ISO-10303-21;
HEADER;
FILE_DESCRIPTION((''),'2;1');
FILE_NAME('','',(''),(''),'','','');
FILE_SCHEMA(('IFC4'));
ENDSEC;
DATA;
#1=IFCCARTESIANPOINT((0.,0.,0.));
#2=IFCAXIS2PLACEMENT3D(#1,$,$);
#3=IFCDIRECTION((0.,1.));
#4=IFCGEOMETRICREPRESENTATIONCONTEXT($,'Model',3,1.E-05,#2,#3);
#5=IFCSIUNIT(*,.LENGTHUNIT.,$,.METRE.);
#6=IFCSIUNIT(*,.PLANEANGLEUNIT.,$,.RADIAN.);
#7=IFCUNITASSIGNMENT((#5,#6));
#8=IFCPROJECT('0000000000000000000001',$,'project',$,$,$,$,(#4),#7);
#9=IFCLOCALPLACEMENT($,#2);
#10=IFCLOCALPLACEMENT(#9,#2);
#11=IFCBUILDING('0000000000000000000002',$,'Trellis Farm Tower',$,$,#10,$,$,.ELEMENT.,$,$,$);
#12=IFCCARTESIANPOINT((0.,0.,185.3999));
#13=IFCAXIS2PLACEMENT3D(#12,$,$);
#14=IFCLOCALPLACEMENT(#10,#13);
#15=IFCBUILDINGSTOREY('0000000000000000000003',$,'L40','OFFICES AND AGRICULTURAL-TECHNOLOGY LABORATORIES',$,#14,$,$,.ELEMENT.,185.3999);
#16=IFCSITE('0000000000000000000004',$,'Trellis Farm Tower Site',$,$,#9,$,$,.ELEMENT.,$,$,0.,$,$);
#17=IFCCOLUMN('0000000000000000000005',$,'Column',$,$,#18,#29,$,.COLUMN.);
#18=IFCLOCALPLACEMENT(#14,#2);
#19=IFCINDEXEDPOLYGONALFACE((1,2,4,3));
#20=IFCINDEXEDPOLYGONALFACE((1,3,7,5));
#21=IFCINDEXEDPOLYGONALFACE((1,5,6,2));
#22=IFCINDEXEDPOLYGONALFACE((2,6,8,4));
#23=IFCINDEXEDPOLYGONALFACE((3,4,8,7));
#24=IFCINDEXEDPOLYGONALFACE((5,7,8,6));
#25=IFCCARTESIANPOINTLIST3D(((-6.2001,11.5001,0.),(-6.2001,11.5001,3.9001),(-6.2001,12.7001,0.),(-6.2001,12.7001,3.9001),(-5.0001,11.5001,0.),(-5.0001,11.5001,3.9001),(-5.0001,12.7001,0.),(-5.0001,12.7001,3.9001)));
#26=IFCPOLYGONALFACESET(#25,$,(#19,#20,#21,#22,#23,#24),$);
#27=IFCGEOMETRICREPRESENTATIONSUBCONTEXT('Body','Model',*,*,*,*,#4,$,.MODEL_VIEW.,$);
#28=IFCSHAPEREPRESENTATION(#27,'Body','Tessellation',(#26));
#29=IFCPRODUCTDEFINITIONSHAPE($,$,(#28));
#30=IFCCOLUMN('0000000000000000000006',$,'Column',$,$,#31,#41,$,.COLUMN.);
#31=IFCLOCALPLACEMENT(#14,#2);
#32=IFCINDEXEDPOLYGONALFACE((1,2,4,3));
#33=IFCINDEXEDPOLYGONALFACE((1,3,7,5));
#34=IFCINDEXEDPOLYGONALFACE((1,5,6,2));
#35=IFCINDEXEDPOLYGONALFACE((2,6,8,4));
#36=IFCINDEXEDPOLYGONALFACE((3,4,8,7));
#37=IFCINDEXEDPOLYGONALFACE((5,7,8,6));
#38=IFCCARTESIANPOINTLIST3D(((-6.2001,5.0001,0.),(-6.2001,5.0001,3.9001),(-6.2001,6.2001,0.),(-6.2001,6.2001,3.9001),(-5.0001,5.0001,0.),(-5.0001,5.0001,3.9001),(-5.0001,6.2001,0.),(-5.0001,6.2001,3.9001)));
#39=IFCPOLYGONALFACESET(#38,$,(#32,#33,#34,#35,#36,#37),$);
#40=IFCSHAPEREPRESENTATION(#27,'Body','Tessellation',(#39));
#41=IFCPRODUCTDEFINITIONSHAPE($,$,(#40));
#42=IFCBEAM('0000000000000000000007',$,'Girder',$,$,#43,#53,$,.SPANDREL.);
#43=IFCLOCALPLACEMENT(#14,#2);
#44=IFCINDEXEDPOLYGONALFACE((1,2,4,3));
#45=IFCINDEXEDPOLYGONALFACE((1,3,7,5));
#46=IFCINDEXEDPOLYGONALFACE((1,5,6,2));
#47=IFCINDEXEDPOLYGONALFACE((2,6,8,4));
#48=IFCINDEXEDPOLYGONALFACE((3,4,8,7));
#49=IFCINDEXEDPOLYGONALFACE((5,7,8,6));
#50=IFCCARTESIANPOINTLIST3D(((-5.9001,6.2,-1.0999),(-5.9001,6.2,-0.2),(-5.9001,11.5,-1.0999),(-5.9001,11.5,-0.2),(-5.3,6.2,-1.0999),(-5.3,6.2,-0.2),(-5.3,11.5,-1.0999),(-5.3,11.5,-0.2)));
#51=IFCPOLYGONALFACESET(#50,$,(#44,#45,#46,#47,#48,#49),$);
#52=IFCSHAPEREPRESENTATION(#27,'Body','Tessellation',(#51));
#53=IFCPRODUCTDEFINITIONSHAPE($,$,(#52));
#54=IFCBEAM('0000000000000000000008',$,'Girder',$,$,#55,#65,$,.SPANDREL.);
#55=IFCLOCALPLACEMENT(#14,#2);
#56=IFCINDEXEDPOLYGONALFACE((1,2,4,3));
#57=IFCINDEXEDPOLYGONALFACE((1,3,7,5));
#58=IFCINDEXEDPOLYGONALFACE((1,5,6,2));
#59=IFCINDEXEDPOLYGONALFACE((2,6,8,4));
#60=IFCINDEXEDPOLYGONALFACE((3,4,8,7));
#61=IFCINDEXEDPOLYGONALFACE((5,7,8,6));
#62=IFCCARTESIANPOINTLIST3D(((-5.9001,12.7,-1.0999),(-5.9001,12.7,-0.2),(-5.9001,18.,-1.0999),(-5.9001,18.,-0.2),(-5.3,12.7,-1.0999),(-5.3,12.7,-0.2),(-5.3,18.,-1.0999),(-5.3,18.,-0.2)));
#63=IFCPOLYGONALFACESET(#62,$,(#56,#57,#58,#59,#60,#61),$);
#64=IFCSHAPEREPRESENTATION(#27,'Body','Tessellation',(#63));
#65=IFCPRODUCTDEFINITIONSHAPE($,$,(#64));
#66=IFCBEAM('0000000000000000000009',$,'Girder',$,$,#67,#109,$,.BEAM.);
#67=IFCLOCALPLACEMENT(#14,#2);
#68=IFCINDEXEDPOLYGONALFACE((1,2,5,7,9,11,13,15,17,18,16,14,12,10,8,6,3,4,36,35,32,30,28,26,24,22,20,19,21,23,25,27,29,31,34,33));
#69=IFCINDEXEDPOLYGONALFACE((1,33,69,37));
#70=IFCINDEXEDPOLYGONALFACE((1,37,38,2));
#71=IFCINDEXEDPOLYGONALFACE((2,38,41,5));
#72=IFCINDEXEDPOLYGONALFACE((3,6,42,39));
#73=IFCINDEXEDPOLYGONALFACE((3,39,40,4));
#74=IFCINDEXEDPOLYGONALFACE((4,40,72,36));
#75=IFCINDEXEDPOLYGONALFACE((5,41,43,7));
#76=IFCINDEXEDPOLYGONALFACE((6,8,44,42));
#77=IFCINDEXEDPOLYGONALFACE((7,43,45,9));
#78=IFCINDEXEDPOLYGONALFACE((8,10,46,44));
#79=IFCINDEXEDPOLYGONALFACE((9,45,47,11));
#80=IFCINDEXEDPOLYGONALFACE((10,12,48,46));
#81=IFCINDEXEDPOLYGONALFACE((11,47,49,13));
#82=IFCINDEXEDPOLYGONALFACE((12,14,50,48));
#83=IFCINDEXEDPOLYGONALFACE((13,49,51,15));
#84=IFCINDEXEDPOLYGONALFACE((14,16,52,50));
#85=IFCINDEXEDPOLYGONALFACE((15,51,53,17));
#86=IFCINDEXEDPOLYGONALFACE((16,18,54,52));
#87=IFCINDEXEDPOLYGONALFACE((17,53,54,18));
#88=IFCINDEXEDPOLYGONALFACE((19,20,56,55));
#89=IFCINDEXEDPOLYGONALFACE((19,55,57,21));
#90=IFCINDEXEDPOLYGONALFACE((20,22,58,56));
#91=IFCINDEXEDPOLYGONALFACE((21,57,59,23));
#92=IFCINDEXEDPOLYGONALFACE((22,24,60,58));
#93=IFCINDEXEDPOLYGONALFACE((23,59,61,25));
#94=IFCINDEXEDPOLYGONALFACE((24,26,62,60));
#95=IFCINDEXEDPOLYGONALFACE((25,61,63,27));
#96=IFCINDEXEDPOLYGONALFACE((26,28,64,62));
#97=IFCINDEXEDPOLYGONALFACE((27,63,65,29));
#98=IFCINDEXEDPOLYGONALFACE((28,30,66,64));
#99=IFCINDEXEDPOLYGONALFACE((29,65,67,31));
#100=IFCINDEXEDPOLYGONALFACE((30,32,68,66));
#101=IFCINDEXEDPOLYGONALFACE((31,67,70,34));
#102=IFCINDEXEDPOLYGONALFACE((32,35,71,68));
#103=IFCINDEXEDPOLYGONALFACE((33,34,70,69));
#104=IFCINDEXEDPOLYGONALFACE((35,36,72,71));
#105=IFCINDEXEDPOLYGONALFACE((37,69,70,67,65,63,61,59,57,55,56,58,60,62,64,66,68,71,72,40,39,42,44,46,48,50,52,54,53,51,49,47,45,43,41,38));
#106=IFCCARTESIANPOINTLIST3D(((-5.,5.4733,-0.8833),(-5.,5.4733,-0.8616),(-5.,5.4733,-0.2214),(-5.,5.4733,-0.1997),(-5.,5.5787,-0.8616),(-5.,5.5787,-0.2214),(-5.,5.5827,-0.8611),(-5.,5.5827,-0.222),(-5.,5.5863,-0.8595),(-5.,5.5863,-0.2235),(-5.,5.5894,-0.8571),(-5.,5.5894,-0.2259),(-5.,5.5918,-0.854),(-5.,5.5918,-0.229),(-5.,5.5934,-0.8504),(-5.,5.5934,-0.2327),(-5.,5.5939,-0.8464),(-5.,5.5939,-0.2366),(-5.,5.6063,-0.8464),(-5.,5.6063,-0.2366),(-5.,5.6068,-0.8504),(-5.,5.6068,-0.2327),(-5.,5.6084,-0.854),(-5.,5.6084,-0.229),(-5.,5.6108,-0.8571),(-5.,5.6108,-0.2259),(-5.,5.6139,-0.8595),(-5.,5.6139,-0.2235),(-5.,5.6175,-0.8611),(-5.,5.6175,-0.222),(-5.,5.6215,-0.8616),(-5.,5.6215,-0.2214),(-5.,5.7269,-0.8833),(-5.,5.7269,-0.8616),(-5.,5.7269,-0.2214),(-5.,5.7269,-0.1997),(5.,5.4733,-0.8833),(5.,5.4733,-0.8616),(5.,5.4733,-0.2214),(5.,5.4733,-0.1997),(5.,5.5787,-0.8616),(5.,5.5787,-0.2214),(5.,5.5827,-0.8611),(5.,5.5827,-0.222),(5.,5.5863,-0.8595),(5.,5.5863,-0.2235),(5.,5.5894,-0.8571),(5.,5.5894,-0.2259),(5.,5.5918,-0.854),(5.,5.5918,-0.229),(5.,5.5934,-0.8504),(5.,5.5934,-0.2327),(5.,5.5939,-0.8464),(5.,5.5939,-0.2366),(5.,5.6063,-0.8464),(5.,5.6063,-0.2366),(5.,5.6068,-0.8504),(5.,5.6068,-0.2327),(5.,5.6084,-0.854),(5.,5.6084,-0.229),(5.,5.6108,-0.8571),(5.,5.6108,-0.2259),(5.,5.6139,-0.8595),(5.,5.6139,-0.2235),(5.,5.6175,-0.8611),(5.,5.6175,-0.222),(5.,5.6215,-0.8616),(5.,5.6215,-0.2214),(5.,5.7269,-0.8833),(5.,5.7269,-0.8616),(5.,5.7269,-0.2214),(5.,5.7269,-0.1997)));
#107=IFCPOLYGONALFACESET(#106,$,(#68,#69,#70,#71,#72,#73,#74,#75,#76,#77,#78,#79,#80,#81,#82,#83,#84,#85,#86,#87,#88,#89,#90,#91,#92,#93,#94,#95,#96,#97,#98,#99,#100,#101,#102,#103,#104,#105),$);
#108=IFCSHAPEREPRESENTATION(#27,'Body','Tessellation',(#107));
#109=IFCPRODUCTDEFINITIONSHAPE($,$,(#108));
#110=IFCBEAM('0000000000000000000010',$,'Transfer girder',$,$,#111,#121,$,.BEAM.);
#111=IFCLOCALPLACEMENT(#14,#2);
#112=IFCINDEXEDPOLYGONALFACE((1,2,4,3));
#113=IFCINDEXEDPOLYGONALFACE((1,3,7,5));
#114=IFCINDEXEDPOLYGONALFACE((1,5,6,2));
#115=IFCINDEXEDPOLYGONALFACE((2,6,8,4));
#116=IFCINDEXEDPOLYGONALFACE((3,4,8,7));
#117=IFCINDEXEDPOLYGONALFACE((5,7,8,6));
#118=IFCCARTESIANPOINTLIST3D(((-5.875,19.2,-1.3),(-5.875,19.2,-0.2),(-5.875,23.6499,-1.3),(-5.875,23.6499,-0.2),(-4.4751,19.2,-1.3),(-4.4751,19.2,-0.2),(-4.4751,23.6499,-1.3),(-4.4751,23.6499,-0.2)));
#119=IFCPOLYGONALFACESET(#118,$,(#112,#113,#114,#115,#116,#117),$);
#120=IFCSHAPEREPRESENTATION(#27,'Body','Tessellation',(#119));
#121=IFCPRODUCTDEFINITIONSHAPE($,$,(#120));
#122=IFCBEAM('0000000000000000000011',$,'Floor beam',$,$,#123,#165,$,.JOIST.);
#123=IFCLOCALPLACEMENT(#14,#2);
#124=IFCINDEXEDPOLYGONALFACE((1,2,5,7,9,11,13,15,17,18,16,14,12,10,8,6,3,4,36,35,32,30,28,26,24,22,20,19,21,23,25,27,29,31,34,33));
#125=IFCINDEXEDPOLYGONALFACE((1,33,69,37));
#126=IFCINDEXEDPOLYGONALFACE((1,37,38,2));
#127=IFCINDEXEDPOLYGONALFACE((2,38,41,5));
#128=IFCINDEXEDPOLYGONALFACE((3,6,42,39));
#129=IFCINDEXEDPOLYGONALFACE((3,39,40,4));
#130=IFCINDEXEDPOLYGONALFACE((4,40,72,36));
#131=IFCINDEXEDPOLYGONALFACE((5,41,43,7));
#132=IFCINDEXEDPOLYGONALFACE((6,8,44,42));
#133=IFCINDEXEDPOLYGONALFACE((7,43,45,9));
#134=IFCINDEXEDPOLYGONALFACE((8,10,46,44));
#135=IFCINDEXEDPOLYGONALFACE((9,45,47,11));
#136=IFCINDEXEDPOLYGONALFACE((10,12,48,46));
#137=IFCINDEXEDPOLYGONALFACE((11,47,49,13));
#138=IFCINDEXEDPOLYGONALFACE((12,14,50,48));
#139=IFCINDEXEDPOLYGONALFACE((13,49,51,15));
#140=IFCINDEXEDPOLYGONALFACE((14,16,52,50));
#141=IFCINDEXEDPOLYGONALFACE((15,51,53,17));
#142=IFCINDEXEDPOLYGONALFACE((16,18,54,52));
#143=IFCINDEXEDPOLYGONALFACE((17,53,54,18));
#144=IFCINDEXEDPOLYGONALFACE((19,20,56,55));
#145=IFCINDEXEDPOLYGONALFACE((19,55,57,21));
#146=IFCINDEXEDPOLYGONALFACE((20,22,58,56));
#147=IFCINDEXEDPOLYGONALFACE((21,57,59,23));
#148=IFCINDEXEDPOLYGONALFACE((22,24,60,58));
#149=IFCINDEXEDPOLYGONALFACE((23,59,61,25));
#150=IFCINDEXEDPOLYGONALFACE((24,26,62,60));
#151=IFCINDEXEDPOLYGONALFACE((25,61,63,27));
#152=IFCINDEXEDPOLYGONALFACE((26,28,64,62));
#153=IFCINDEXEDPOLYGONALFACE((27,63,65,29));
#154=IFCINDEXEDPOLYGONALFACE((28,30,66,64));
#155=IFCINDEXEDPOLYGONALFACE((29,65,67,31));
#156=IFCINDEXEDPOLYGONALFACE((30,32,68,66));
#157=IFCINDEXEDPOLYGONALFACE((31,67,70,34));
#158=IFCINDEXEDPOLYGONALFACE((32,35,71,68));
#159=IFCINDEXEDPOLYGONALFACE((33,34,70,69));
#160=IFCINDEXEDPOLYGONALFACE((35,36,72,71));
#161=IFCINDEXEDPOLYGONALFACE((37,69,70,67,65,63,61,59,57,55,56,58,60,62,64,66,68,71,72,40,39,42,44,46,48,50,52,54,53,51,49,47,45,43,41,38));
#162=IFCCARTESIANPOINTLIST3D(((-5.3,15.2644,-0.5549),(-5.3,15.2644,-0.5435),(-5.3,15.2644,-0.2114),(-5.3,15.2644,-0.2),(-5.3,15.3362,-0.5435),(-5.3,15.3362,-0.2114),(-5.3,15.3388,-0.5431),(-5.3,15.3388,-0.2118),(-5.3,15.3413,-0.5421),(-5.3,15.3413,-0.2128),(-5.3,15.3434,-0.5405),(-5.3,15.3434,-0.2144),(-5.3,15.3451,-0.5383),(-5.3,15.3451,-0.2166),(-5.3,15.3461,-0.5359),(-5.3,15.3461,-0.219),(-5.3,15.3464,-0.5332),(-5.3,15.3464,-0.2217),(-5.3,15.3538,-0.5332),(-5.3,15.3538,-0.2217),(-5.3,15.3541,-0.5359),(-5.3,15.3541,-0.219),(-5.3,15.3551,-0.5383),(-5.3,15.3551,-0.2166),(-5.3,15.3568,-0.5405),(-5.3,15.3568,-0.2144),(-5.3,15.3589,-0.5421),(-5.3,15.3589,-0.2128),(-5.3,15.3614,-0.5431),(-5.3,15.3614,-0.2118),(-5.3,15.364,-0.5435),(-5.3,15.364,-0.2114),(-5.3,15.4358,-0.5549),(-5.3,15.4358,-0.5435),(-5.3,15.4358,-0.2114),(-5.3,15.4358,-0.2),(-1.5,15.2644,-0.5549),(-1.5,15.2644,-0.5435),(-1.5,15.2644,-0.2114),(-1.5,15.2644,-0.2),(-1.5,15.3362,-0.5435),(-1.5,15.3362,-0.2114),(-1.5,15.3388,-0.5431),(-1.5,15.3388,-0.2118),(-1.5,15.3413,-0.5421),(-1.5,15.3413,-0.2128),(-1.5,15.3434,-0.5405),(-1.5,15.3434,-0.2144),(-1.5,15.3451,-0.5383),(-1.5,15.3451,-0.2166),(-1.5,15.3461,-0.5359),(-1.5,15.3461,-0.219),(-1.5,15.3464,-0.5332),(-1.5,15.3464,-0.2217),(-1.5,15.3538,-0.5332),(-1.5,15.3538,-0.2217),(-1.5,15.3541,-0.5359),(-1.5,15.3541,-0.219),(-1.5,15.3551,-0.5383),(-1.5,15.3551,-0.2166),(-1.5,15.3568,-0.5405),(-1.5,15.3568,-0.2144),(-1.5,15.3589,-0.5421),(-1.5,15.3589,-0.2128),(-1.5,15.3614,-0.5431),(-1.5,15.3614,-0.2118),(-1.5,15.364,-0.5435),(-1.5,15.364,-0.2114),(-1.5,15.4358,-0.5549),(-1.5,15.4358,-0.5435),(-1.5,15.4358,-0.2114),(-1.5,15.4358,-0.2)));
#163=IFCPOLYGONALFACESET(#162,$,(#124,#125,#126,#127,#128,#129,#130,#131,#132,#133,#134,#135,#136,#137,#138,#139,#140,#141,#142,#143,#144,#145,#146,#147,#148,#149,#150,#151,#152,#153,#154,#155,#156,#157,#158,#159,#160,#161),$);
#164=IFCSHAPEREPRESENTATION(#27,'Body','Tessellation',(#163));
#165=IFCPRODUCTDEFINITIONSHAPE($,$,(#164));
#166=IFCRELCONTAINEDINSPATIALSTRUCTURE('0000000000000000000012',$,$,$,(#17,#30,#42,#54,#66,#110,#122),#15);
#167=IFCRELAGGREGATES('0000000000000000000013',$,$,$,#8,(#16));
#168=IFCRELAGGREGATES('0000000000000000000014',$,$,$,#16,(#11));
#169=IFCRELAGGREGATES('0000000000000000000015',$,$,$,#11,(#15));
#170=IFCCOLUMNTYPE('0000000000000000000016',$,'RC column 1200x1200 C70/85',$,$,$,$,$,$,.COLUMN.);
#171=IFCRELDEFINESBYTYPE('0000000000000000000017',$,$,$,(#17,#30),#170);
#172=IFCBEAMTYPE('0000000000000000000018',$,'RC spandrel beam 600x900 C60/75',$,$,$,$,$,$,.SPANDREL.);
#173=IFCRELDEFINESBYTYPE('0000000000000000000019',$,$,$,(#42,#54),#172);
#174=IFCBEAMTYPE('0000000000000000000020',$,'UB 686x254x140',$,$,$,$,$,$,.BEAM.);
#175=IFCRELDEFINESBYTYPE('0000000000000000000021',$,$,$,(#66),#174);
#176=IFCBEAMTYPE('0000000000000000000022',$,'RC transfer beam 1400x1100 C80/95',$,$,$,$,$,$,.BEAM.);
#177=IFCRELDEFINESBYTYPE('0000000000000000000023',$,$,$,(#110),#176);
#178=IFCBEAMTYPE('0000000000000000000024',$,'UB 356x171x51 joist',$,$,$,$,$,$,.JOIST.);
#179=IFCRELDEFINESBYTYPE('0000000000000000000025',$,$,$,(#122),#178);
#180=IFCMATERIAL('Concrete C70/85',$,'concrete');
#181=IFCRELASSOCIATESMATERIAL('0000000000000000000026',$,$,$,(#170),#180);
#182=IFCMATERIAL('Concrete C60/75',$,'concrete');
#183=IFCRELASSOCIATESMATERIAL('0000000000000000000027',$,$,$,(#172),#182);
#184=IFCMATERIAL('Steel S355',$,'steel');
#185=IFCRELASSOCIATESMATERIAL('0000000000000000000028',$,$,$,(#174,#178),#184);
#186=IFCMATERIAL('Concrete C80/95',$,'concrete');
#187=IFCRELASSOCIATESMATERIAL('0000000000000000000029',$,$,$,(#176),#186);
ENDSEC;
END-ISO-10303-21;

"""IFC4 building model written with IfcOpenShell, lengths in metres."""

from ifc_helpers import new_model, si_unit, direction, frame, origin, origin_2d, place, context, subcontext, project, spatial, rectangle, i_section, extrude, source, transform, mapped, material, material_profile, profile_set, type_object, element, save


model = new_model("IFC4")

# Units and contexts
model_context = context("Model", 3, precision=1e-05, world=origin(), true_north=direction((0.0, 1.0)))
body_context = subcontext(model_context, "Body", "Model", "MODEL_VIEW")
ifc_project = project(units=[si_unit("LENGTHUNIT", "METRE"), si_unit("PLANEANGLEUNIT", "RADIAN")], contexts=[model_context])

# Site, building, storey
site_placement = place(None, origin())
site = spatial("IfcSite", under=ifc_project, at=site_placement, Name="Trellis Farm Tower Site", CompositionType="ELEMENT", RefElevation=0.0)
building_placement = place(site_placement, origin())
building = spatial("IfcBuilding", under=site, at=building_placement, Name="Trellis Farm Tower", CompositionType="ELEMENT")
storey_placement = place(building_placement, frame((0.0, 0.0, 185.3999)))
storey = spatial("IfcBuildingStorey", under=building, at=storey_placement, Name="L40", Description="OFFICES AND AGRICULTURAL-TECHNOLOGY LABORATORIES", CompositionType="ELEMENT", Elevation=185.3999)

# Columns
ifc_material_1 = material(Name="Concrete C70/85", Category="concrete")
ifc_material_profile_1 = material_profile(ifc_material_1, rectangle(XDim=1.2, YDim=1.2, at=origin_2d()), Name="RC column 1200x1200 C70/85")
ifc_profile_set_1 = profile_set([ifc_material_profile_1], Name="Concrete C70/85")
column_type = type_object("IfcColumnType", Name="RC column 1200x1200 C70/85", PredefinedType="COLUMN", material=ifc_profile_set_1)
shared_shape_1 = source(origin(), body_context, "Body", "SweptSolid", [
    extrude(rectangle(XDim=1.2, YDim=1.2, at=origin_2d()), origin(), (0.0, 0.0, 1.0), 3.9001),
])
for number, where, z_axis, x_axis, name in (
    (1, (-5.6001, 12.1001, 0.0), (0.0, 0.0, 1.0), (1.0, 0.0, 0.0), "Column"),
    (2, (-5.6001, 5.6001, 0.0), (0.0, 0.0, 1.0), (1.0, 0.0, 0.0), "Column"),
):
    element("IfcColumn", number, at=place(storey_placement, frame(where, z_axis=z_axis, x_axis=x_axis)), inside=storey, type_object=column_type, Name=name, PredefinedType="COLUMN", context=body_context, shape_type="MappedRepresentation", body=[
        mapped(shared_shape_1, transform((0.0, 0.0, 0.0))),
    ])

# Beams
ifc_material_2 = material(Name="Concrete C60/75", Category="concrete")
ifc_material_profile_2 = material_profile(ifc_material_2, rectangle(XDim=0.6001, YDim=0.8999, at=origin_2d()), Name="RC spandrel beam 600x900 C60/75")
ifc_profile_set_2 = profile_set([ifc_material_profile_2], Name="Concrete C60/75")
beam_type_1 = type_object("IfcBeamType", Name="RC spandrel beam 600x900 C60/75", PredefinedType="SPANDREL", material=ifc_profile_set_2)
shared_shape_2 = source(origin(), body_context, "Body", "SweptSolid", [
    extrude(rectangle(XDim=0.6001, YDim=0.8999, at=origin_2d()), origin(), (0.0, 0.0, 1.0), 5.3),
])
for number, where, z_axis, x_axis, name in (
    (3, (-5.6001, 6.2, -0.6499), (0.0, 1.0, 0.0), (-1.0, 0.0, 0.0), "Girder"),
    (4, (-5.6001, 12.7, -0.6499), (0.0, 1.0, 0.0), (-1.0, 0.0, 0.0), "Girder"),
):
    element("IfcBeam", number, at=place(storey_placement, frame(where, z_axis=z_axis, x_axis=x_axis)), inside=storey, type_object=beam_type_1, Name=name, PredefinedType="SPANDREL", context=body_context, shape_type="MappedRepresentation", body=[
        mapped(shared_shape_2, transform((0.0, 0.0, 0.0))),
    ])
ifc_material_3 = material(Name="Steel S355", Category="steel")
ifc_material_profile_3 = material_profile(ifc_material_3, i_section(OverallWidth=0.2537, OverallDepth=0.6836, WebThickness=0.0125, FlangeThickness=0.0217, FilletRadius=0.0151, at=origin_2d()), Name="UB 686x254x140")
ifc_profile_set_3 = profile_set([ifc_material_profile_3], Name="Steel S355")
beam_type_2 = type_object("IfcBeamType", Name="UB 686x254x140", PredefinedType="BEAM", material=ifc_profile_set_3)
shared_shape_3 = source(origin(), body_context, "Body", "SweptSolid", [
    extrude(i_section(OverallWidth=0.2537, OverallDepth=0.6836, WebThickness=0.0125, FlangeThickness=0.0217, FilletRadius=0.0151, at=origin_2d()), origin(), (0.0, 0.0, 1.0), 10.0),
])
beam_1_placement = place(storey_placement, frame((-5.0, 5.6001, -0.5415), z_axis=(1.0, 0.0, 0.0), x_axis=(0.0, 1.0, 0.0)))
element("IfcBeam", 5, at=beam_1_placement, inside=storey, type_object=beam_type_2, Name="Girder", PredefinedType="BEAM", context=body_context, shape_type="MappedRepresentation", body=[
    mapped(shared_shape_3, transform((0.0, 0.0, 0.0))),
])
ifc_material_4 = material(Name="Concrete C80/95", Category="concrete")
ifc_material_profile_4 = material_profile(ifc_material_4, rectangle(XDim=1.3999, YDim=1.1001, at=origin_2d()), Name="RC transfer beam 1400x1100 C80/95")
ifc_profile_set_4 = profile_set([ifc_material_profile_4], Name="Concrete C80/95")
beam_type_3 = type_object("IfcBeamType", Name="RC transfer beam 1400x1100 C80/95", PredefinedType="BEAM", material=ifc_profile_set_4)
shared_shape_4 = source(origin(), body_context, "Body", "SweptSolid", [
    extrude(rectangle(XDim=1.3999, YDim=1.1001, at=origin_2d()), origin(), (0.0, 0.0, 1.0), 4.45),
])
beam_2_placement = place(storey_placement, frame((-5.175, 19.2, -0.75), z_axis=(0.0, 1.0, 0.0), x_axis=(-1.0, 0.0, 0.0)))
element("IfcBeam", 6, at=beam_2_placement, inside=storey, type_object=beam_type_3, Name="Transfer girder", PredefinedType="BEAM", context=body_context, shape_type="MappedRepresentation", body=[
    mapped(shared_shape_4, transform((0.0, 0.0, 0.0))),
])
ifc_material_profile_5 = material_profile(ifc_material_3, i_section(OverallWidth=0.1714, OverallDepth=0.355, WebThickness=0.0073, FlangeThickness=0.0115, FilletRadius=0.0103, at=origin_2d()), Name="UB 356x171x51")
ifc_profile_set_5 = profile_set([ifc_material_profile_5], Name="Steel S355")
beam_type_4 = type_object("IfcBeamType", Name="UB 356x171x51 joist", PredefinedType="JOIST", material=ifc_profile_set_5)
shared_shape_5 = source(origin(), body_context, "Body", "SweptSolid", [
    extrude(i_section(OverallWidth=0.1714, OverallDepth=0.355, WebThickness=0.0073, FlangeThickness=0.0115, FilletRadius=0.0103, at=origin_2d()), origin(), (0.0, 0.0, 1.0), 3.8),
])
beam_3_placement = place(storey_placement, frame((-5.3, 15.3501, -0.3774), z_axis=(1.0, 0.0, 0.0), x_axis=(0.0, 1.0, 0.0)))
element("IfcBeam", 7, at=beam_3_placement, inside=storey, type_object=beam_type_4, Name="Floor beam", PredefinedType="JOIST", context=body_context, shape_type="MappedRepresentation", body=[
    mapped(shared_shape_5, transform((0.0, 0.0, 0.0))),
])

save(model, "model.ifc")
